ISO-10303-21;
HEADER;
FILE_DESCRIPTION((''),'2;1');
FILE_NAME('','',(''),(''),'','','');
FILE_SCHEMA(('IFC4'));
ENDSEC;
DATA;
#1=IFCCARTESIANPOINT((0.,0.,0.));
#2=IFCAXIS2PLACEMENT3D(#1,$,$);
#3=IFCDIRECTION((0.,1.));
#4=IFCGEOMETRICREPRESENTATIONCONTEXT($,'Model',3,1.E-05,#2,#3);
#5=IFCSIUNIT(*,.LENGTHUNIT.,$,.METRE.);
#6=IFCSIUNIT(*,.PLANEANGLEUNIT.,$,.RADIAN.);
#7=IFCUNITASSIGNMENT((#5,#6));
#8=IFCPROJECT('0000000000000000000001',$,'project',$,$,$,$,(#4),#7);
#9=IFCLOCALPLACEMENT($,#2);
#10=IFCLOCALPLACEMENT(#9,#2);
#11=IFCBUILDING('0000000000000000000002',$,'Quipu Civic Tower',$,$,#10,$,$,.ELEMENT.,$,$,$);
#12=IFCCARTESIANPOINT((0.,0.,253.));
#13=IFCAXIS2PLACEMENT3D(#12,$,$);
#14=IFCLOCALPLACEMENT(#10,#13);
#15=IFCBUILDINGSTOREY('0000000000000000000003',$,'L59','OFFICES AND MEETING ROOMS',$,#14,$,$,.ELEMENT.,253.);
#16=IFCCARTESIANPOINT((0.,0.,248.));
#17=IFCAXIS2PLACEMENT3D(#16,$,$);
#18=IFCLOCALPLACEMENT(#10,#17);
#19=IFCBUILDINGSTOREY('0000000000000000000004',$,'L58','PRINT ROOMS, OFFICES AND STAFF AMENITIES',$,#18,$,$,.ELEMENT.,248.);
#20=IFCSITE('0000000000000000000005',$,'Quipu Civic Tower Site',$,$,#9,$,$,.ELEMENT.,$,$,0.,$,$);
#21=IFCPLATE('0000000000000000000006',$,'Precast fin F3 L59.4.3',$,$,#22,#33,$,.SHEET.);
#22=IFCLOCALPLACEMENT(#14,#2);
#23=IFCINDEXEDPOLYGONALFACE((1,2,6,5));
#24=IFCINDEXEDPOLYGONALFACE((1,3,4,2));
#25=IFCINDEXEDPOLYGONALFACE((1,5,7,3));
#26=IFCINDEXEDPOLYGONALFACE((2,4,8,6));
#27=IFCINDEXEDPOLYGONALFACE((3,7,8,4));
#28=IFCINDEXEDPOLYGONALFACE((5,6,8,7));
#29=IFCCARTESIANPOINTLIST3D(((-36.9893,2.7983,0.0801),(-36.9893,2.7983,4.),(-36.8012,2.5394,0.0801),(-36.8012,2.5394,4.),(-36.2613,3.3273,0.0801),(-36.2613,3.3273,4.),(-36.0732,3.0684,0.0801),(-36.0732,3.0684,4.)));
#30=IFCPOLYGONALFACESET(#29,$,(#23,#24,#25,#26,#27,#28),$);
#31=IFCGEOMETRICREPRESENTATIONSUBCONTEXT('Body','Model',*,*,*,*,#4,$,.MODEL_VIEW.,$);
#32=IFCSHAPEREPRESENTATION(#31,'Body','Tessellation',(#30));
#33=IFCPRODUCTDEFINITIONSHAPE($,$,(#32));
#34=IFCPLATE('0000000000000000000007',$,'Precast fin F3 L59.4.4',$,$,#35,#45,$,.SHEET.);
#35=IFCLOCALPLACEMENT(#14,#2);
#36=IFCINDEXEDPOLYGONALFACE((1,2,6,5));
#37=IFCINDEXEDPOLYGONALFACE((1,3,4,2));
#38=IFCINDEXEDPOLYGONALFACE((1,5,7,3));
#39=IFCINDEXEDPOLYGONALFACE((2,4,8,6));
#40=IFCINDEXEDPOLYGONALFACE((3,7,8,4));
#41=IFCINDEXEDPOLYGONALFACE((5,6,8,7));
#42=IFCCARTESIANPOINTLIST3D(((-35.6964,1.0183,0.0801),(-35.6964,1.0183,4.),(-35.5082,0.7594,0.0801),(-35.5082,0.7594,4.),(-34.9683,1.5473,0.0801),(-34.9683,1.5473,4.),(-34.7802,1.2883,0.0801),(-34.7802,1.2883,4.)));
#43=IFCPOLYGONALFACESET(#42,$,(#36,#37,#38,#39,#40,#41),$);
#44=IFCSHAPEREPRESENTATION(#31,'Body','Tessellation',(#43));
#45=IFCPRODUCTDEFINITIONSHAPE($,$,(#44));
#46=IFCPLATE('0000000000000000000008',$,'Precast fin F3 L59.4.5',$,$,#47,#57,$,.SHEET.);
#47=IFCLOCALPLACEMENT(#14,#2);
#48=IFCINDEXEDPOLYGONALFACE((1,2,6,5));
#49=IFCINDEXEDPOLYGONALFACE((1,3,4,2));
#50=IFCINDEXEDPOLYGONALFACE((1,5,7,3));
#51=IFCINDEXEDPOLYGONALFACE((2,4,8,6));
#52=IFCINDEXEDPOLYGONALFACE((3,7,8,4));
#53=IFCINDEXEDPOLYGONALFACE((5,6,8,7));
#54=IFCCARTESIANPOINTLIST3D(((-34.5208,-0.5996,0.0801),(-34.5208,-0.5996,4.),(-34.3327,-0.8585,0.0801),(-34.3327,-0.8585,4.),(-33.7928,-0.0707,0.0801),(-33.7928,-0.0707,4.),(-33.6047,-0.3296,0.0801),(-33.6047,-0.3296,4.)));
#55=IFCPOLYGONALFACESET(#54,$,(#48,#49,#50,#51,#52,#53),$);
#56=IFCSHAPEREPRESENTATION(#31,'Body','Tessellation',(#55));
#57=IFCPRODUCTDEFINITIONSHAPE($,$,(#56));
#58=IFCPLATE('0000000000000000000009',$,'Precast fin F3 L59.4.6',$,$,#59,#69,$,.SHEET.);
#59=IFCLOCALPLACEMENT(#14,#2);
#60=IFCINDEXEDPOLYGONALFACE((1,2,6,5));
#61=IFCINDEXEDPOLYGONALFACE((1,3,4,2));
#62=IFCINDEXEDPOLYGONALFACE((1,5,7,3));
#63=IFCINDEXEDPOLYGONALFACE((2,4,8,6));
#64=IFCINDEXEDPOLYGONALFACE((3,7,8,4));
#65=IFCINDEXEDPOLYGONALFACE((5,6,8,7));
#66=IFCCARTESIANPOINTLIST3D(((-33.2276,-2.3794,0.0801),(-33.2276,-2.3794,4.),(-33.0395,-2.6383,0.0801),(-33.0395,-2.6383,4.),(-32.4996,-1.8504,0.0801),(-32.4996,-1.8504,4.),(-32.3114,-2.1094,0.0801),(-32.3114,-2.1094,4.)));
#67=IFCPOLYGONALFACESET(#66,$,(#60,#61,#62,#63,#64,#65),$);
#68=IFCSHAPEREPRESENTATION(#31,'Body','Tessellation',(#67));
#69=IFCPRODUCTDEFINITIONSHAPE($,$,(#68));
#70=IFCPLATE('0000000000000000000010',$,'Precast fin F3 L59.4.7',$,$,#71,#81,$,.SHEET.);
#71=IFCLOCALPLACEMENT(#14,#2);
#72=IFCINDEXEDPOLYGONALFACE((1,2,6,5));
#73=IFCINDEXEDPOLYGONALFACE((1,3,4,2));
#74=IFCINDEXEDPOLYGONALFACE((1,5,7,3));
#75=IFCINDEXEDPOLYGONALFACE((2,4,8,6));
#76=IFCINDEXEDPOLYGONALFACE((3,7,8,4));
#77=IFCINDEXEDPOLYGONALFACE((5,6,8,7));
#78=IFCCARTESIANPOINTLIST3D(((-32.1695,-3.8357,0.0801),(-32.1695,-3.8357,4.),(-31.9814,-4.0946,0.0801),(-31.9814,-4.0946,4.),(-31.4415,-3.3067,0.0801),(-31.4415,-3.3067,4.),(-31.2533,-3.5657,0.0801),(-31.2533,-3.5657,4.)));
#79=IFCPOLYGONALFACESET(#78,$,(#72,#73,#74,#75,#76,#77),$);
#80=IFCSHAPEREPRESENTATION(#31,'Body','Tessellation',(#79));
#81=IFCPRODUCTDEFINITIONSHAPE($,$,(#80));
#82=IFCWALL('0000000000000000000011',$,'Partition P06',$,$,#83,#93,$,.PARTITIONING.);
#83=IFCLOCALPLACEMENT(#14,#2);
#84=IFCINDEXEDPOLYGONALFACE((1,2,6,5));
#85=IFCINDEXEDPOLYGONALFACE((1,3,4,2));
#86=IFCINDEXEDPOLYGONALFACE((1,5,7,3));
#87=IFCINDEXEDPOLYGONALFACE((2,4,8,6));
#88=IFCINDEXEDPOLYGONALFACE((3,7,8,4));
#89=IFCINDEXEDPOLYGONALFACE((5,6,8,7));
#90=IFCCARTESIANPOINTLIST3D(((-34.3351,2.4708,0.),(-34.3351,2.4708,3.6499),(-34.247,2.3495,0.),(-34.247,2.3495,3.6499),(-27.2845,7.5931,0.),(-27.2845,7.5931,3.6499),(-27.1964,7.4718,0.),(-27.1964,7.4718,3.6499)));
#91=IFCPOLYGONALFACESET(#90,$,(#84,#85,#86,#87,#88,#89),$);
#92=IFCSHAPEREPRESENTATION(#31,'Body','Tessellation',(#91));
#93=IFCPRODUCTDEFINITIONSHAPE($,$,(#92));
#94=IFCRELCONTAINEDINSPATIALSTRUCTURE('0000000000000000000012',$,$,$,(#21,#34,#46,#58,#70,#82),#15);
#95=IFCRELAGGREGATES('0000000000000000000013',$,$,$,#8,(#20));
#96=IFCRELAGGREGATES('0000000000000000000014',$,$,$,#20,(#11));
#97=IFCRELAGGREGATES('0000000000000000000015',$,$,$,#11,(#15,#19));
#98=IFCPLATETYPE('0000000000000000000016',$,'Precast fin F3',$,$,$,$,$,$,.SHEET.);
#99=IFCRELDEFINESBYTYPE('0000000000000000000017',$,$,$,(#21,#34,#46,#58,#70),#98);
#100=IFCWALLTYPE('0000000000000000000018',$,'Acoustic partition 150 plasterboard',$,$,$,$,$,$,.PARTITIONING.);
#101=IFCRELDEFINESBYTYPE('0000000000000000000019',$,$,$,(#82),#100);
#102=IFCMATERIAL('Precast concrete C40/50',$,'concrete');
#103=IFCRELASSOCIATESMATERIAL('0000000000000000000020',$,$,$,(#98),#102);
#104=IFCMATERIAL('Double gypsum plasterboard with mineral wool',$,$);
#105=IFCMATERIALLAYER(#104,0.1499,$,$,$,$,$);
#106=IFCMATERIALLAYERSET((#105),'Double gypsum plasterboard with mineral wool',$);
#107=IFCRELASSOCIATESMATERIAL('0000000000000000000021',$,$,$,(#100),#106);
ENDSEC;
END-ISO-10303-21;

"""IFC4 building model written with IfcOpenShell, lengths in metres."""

from ifc_helpers import new_model, si_unit, direction, frame, frame_2d, origin, origin_2d, place, context, subcontext, project, spatial, rectangle, extrude, material, layer, layer_set, type_object, element, save


model = new_model("IFC4")

# Units and contexts
model_context = context("Model", 3, precision=1e-05, world=origin(), true_north=direction((0.0, 1.0)))
body_context = subcontext(model_context, "Body", "Model", "MODEL_VIEW")
ifc_project = project(units=[si_unit("LENGTHUNIT", "METRE"), si_unit("PLANEANGLEUNIT", "RADIAN")], contexts=[model_context])

# Site, building, storey
site_placement = place(None, origin())
site = spatial("IfcSite", under=ifc_project, at=site_placement, Name="Quipu Civic Tower Site", CompositionType="ELEMENT", RefElevation=0.0)
building_placement = place(site_placement, origin())
building = spatial("IfcBuilding", under=site, at=building_placement, Name="Quipu Civic Tower", CompositionType="ELEMENT")
storey_1_placement = place(building_placement, frame((0.0, 0.0, 253.0)))
storey_1 = spatial("IfcBuildingStorey", under=building, at=storey_1_placement, Name="L59", Description="OFFICES AND MEETING ROOMS", CompositionType="ELEMENT", Elevation=253.0)

# Shared definitions
storey_2_placement = place(building_placement, frame((0.0, 0.0, 248.0)))
storey_2 = spatial("IfcBuildingStorey", under=building, at=storey_2_placement, Name="L58", Description="PRINT ROOMS, OFFICES AND STAFF AMENITIES", CompositionType="ELEMENT", Elevation=248.0)

# Plates
ifc_material_1 = material(Name="Precast concrete C40/50", Category="concrete")
plate_type_1 = type_object("IfcPlateType", Name="Precast fin F3", PredefinedType="SHEET", material=ifc_material_1)
for number, where, z_axis, x_axis, name in (
    (1, (-36.5312, 2.9333, 0.0801), (0.0, 0.0, 1.0), (0.587787, -0.809016, 0.0), "Precast fin F3 L59.4.3"),
    (2, (-35.2383, 1.1533, 0.0801), (0.0, 0.0, 1.0), (0.587787, -0.809016, 0.0), "Precast fin F3 L59.4.4"),
    (3, (-34.0627, -0.4646, 0.0801), (0.0, 0.0, 1.0), (0.587787, -0.809016, 0.0), "Precast fin F3 L59.4.5"),
    (4, (-32.7695, -2.2444, 0.0801), (0.0, 0.0, 1.0), (0.587787, -0.809016, 0.0), "Precast fin F3 L59.4.6"),
    (5, (-31.7114, -3.7007, 0.0801), (0.0, 0.0, 1.0), (0.587787, -0.809016, 0.0), "Precast fin F3 L59.4.7"),
):
    element("IfcPlate", number, at=place(storey_1_placement, frame(where, z_axis=z_axis, x_axis=x_axis)), inside=storey_1, type_object=plate_type_1, Name=name, PredefinedType="SHEET", context=body_context, shape_type="SweptSolid", body=[
        extrude(rectangle(XDim=0.3201, YDim=0.8999, at=origin_2d()), origin(), (0.0, 0.0, 1.0), 3.9199),
    ])

# Wall
ifc_material_2 = material(Name="Double gypsum plasterboard with mineral wool")
ifc_layer_1 = layer(ifc_material_2, 0.1499)
ifc_layer_set_1 = layer_set([ifc_layer_1], Name="Double gypsum plasterboard with mineral wool")
wall_type = type_object("IfcWallType", Name="Acoustic partition 150 plasterboard", PredefinedType="PARTITIONING", material=ifc_layer_set_1)
wall_placement = place(storey_1_placement, frame((-34.291, 2.4102, 0.0), z_axis=(0.0, 0.0, 1.0), x_axis=(0.809028, 0.58777, 0.0)))
element("IfcWall", 6, at=wall_placement, inside=storey_1, type_object=wall_type, Name="Partition P06", PredefinedType="PARTITIONING", context=body_context, shape_type="SweptSolid", body=[
    extrude(rectangle(XDim=8.7148, YDim=0.1499, at=frame_2d((4.3574, 0.0))), origin(), (0.0, 0.0, 1.0), 3.6499),
])

save(model, "model.ifc")
